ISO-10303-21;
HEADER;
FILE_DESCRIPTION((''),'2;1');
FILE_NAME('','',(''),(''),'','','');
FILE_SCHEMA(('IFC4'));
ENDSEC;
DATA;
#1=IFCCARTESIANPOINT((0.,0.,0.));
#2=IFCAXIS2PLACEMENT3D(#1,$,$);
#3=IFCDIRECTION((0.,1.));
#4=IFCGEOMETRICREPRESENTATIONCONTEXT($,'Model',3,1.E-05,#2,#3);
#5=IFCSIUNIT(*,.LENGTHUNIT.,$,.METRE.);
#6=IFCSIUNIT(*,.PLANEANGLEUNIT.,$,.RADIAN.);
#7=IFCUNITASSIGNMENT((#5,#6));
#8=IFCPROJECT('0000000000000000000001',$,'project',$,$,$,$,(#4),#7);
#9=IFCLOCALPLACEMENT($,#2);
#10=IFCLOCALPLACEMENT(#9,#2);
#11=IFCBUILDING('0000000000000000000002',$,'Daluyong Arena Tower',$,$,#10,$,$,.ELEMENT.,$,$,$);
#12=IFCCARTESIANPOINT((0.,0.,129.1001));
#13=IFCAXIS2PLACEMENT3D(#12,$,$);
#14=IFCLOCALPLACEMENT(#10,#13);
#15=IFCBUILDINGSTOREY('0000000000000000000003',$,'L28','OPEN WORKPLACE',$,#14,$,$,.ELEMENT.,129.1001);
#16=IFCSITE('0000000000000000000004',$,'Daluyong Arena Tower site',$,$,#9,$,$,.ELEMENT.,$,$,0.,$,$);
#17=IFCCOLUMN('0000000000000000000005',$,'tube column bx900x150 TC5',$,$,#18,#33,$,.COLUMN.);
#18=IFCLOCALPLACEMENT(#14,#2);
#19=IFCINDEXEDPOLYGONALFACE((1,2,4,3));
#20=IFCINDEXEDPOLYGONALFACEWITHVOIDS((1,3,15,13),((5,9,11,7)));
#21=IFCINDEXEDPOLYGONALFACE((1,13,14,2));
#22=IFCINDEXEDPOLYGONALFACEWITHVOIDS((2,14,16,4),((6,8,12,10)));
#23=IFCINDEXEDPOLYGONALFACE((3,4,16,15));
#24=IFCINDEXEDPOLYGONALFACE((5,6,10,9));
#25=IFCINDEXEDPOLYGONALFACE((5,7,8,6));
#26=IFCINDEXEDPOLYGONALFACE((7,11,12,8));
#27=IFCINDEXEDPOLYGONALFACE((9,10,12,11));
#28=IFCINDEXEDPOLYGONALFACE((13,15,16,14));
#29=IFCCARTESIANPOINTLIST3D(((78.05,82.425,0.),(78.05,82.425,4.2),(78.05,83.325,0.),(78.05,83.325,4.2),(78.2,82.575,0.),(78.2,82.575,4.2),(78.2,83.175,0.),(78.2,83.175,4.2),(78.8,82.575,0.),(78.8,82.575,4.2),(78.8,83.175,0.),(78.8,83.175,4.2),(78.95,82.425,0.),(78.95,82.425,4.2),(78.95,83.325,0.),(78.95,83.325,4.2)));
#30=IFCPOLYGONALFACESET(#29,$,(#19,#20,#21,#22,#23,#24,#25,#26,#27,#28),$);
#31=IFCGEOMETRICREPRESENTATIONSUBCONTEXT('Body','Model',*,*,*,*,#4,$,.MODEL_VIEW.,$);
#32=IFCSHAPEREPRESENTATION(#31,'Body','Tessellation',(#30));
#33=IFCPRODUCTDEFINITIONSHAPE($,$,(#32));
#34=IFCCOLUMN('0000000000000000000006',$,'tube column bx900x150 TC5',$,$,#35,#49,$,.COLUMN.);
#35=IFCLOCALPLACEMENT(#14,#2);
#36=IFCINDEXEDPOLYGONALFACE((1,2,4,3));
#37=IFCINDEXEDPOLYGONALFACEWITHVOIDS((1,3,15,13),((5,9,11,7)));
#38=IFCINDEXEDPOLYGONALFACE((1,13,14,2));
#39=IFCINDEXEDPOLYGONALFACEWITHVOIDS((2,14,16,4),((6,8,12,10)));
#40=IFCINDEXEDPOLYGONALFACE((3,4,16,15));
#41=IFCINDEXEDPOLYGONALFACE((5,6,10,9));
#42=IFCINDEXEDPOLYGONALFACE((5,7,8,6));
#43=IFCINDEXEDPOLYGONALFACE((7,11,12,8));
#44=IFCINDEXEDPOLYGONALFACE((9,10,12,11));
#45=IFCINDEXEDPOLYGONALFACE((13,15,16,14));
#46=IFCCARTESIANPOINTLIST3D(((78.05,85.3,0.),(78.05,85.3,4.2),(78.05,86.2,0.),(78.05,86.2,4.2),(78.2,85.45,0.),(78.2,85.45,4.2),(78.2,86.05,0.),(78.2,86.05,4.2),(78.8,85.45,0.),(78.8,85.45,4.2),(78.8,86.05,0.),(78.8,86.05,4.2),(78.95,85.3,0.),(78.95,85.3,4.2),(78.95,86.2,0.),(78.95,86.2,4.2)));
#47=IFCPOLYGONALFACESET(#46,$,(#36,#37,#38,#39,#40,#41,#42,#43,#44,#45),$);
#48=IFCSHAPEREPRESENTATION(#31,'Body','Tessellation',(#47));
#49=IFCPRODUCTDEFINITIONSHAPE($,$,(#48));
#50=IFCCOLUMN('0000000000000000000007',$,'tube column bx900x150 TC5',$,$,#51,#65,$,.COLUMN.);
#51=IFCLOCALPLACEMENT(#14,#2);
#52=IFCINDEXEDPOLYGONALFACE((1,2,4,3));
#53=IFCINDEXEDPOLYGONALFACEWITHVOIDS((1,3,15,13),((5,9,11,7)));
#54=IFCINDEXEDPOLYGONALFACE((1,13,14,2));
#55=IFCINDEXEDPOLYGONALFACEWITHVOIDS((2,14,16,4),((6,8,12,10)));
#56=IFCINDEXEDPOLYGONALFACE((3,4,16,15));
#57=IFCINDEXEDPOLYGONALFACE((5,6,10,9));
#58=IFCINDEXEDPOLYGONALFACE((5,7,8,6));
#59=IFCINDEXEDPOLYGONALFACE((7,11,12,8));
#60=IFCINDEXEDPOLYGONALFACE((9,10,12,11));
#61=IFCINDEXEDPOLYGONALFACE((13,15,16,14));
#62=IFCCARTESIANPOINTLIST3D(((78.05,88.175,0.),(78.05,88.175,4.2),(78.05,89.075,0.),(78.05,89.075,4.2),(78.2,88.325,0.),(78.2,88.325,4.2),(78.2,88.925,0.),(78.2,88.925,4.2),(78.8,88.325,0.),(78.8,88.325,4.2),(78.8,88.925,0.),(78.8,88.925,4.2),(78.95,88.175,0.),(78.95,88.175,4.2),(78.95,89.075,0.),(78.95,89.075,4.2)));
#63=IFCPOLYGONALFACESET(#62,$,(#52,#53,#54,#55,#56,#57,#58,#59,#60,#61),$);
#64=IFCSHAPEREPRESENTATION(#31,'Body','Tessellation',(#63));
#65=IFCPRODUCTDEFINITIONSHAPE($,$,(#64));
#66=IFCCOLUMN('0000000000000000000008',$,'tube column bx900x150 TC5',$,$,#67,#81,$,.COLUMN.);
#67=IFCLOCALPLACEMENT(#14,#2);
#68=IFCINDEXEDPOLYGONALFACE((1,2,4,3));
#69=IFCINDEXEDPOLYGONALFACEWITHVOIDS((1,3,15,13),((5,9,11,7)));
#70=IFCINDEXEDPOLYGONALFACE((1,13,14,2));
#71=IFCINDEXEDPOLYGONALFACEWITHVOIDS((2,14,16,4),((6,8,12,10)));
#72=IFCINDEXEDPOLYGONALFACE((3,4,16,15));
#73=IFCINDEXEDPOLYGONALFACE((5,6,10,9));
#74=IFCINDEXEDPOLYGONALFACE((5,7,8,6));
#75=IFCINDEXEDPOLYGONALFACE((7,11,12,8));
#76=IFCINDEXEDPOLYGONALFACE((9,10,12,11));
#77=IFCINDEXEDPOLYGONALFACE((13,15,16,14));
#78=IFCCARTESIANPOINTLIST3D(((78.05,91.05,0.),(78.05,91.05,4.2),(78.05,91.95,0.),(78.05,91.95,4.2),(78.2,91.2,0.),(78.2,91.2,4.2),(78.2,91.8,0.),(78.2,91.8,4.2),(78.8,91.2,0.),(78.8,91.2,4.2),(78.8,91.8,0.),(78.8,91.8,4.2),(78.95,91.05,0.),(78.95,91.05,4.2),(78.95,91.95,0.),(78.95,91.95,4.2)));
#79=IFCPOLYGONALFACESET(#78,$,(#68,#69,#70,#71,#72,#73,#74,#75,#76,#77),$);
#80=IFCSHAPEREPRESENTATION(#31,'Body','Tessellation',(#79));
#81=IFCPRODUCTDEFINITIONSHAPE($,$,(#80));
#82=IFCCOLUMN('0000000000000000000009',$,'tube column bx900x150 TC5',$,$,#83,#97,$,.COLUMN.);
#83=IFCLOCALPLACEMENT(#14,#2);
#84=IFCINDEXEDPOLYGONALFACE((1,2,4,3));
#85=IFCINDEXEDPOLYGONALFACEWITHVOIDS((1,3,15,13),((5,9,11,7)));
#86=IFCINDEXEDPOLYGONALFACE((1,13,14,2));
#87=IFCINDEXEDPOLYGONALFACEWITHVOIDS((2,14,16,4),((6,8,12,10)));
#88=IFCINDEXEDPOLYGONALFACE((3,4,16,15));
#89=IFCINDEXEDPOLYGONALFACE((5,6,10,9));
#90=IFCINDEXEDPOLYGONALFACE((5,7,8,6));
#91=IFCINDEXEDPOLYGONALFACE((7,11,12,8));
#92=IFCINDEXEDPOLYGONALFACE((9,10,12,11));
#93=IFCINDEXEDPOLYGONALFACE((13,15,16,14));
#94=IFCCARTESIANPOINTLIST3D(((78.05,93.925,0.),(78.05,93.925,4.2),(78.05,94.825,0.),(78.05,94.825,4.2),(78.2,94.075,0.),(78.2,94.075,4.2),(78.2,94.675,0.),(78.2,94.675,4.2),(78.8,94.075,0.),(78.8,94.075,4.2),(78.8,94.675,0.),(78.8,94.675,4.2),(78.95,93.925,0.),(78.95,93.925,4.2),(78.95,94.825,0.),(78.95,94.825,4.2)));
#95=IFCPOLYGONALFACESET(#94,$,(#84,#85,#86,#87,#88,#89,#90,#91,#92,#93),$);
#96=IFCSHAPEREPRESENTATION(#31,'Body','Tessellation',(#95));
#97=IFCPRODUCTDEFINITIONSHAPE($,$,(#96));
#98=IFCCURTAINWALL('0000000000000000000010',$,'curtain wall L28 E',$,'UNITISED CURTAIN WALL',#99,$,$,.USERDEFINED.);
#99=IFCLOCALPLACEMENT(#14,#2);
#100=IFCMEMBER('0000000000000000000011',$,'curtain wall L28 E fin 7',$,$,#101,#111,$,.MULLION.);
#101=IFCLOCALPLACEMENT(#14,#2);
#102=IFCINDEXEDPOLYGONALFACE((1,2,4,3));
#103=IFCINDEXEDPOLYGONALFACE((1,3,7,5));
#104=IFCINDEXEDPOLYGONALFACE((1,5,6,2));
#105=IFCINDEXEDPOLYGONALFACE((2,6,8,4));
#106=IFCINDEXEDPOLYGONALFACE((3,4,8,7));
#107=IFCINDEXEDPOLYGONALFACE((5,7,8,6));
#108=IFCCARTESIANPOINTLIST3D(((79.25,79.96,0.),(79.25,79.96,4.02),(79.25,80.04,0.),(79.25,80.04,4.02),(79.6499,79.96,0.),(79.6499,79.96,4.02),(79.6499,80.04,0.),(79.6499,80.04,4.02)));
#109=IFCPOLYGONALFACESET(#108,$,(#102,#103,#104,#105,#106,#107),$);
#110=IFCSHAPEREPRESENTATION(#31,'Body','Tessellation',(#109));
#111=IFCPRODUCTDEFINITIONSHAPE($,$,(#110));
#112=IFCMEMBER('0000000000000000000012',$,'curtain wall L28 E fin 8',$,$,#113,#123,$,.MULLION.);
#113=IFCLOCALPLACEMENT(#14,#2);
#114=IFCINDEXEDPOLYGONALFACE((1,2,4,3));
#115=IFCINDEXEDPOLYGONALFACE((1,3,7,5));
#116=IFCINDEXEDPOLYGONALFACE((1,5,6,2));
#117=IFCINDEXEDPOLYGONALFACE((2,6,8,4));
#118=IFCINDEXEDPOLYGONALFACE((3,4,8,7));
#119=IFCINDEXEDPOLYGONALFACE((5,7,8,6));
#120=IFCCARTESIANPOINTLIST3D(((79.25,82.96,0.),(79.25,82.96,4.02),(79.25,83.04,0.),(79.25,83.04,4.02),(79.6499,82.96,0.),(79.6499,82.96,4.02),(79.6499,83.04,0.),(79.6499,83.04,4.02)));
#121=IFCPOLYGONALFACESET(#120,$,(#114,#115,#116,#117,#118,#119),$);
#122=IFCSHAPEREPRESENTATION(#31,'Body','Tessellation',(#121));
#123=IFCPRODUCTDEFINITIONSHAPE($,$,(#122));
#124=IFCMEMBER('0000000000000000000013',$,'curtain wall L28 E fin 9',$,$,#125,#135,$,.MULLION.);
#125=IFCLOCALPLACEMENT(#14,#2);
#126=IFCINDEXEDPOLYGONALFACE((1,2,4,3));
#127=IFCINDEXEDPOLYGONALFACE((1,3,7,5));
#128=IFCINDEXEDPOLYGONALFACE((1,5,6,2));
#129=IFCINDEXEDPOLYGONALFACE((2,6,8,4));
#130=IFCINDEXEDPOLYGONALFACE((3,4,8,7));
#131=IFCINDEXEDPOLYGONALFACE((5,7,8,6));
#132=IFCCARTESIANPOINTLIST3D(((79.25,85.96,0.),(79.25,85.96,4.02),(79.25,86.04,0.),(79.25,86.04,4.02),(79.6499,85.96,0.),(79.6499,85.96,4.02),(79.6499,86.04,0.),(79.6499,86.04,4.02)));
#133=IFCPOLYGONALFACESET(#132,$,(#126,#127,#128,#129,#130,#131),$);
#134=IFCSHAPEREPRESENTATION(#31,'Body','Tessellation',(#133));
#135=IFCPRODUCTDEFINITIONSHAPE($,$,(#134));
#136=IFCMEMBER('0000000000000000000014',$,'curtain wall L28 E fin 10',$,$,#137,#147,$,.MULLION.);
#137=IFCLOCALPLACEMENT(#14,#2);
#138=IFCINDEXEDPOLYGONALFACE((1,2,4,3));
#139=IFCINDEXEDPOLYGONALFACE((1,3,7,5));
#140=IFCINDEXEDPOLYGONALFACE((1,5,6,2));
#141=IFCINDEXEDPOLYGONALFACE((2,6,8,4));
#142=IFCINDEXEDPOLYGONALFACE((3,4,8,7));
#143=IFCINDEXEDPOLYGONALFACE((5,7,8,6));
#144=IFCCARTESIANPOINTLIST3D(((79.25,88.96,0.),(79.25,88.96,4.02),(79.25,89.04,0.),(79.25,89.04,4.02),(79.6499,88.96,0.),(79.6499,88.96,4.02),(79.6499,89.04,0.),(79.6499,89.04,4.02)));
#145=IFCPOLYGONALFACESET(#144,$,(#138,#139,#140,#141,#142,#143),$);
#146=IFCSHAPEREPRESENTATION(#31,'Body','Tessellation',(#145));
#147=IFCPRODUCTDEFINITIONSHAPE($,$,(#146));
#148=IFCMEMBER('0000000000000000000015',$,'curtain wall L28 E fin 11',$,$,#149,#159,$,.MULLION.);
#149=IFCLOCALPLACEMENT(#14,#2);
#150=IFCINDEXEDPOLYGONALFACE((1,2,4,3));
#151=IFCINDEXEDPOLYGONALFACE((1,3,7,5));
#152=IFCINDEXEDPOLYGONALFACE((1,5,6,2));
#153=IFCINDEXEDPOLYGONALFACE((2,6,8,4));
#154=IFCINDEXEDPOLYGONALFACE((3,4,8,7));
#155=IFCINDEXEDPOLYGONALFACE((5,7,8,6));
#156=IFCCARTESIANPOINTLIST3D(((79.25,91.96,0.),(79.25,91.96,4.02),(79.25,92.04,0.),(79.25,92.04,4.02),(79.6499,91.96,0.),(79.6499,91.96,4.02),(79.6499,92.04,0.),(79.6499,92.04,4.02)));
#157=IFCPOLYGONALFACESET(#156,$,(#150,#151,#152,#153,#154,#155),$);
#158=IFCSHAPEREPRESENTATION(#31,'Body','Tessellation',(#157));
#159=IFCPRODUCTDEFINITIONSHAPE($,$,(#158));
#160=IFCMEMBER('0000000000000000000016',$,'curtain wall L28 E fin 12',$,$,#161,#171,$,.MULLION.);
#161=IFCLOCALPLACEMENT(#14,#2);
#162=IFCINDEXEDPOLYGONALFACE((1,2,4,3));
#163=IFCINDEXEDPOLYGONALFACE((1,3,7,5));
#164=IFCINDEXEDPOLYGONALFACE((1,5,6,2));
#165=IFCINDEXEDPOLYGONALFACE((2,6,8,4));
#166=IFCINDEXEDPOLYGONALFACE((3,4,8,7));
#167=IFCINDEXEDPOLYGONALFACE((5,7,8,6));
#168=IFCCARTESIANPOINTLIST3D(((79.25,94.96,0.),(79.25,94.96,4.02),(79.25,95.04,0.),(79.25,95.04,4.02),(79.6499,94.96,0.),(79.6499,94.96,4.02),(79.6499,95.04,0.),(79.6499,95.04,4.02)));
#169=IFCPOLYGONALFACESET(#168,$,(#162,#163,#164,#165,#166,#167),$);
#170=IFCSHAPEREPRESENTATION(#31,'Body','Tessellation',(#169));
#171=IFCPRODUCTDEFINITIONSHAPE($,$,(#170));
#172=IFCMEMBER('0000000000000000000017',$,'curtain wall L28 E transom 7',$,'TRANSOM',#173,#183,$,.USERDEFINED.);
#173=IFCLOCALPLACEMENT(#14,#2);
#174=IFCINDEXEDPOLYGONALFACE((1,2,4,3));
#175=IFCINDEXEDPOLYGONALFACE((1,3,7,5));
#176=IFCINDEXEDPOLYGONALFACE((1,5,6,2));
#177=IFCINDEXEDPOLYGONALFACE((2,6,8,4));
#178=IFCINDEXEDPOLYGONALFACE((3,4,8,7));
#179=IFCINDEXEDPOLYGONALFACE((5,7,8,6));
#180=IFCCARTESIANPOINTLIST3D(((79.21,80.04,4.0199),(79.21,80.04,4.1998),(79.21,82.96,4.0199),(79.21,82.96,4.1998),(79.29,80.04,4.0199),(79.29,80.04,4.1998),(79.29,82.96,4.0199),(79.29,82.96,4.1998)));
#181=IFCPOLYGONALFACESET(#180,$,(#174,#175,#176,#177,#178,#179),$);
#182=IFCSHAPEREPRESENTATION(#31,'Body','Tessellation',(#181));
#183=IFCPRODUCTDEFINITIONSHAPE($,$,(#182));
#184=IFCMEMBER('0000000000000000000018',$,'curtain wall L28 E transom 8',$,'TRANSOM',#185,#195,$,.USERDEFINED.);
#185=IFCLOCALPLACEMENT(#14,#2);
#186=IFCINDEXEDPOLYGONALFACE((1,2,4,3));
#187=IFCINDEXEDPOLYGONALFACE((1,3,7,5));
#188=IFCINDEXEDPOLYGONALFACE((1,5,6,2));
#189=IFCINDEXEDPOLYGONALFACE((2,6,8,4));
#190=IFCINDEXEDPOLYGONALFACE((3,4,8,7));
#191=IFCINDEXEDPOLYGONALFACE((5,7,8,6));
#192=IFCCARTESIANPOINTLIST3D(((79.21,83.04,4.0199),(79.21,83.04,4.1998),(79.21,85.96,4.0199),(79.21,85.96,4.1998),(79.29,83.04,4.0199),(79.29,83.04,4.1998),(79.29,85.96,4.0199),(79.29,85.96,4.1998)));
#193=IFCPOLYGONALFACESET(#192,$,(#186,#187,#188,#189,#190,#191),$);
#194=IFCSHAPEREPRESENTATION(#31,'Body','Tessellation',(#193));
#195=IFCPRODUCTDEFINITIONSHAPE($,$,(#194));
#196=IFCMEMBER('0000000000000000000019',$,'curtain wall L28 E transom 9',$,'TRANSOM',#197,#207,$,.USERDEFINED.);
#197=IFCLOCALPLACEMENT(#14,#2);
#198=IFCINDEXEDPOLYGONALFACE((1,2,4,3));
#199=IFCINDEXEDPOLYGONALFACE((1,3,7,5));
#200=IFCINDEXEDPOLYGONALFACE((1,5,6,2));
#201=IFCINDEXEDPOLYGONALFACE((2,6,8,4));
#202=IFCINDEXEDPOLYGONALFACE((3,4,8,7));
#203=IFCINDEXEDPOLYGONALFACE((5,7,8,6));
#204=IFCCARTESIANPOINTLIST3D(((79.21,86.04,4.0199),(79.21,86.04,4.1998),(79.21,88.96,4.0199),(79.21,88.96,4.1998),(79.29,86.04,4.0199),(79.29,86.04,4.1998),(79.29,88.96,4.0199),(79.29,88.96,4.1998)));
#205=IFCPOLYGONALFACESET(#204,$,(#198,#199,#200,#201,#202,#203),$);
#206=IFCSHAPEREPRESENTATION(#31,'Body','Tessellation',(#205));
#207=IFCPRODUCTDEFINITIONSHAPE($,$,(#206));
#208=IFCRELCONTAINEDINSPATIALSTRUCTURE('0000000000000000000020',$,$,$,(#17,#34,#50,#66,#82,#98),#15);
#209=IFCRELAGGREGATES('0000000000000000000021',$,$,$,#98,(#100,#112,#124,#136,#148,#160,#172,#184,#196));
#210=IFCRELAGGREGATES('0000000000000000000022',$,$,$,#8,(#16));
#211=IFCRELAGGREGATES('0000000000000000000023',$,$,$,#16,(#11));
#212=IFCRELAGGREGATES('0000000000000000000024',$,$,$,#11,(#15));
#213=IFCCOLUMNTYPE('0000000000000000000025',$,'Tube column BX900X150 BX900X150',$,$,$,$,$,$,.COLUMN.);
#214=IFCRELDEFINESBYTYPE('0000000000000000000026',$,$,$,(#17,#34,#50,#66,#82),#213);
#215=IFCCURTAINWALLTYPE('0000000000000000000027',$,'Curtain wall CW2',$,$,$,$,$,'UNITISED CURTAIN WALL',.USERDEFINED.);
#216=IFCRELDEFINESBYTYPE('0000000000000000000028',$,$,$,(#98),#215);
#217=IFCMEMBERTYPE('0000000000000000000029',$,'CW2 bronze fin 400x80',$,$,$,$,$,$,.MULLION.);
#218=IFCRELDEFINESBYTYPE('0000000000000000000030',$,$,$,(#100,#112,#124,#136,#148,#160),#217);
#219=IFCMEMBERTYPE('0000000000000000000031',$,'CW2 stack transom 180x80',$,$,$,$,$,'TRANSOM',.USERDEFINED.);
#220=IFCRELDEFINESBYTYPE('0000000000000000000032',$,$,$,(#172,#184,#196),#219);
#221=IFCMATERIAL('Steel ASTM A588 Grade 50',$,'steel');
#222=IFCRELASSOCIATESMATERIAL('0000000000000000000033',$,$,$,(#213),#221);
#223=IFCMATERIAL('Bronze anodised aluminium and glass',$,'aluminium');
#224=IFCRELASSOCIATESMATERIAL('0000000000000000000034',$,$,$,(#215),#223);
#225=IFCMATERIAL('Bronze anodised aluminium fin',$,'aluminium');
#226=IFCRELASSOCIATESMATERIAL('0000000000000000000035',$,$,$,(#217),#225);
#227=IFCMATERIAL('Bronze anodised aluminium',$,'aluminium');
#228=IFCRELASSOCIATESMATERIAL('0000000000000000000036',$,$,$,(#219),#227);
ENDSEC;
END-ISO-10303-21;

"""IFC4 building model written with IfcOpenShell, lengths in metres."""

from ifc_helpers import new_model, si_unit, direction, frame, origin, origin_2d, place, context, subcontext, project, spatial, rectangle, hollow_rectangle, extrude, material, material_profile, profile_set, type_object, element, aggregate, save


model = new_model("IFC4")

# Units and contexts
model_context = context("Model", 3, precision=1e-05, world=origin(), true_north=direction((0.0, 1.0)))
body_context = subcontext(model_context, "Body", "Model", "MODEL_VIEW")
ifc_project = project(units=[si_unit("LENGTHUNIT", "METRE"), si_unit("PLANEANGLEUNIT", "RADIAN")], contexts=[model_context])

# Site, building, storey
site_placement = place(None, origin())
site = spatial("IfcSite", under=ifc_project, at=site_placement, Name="Daluyong Arena Tower site", CompositionType="ELEMENT", RefElevation=0.0)
building_placement = place(site_placement, origin())
building = spatial("IfcBuilding", under=site, at=building_placement, Name="Daluyong Arena Tower", CompositionType="ELEMENT")
storey_placement = place(building_placement, frame((0.0, 0.0, 129.1001)))
storey = spatial("IfcBuildingStorey", under=building, at=storey_placement, Name="L28", Description="OPEN WORKPLACE", CompositionType="ELEMENT", Elevation=129.1001)

# Columns
ifc_material_1 = material(Name="Steel ASTM A588 Grade 50", Category="steel")
ifc_material_profile_1 = material_profile(ifc_material_1, hollow_rectangle(XDim=0.8999, YDim=0.8999, WallThickness=0.15, at=origin_2d()))
ifc_profile_set_1 = profile_set([ifc_material_profile_1], Name="Steel ASTM A588 Grade 50")
column_type = type_object("IfcColumnType", Name="Tube column BX900X150 BX900X150", PredefinedType="COLUMN", material=ifc_profile_set_1)
for number, where, z_axis, x_axis, name in (
    (1, (78.5, 82.875, 0.0), (0.0, 0.0, 1.0), (0.0, 1.0, 0.0), "tube column bx900x150 TC5"),
    (2, (78.5, 85.75, 0.0), (0.0, 0.0, 1.0), (0.0, 1.0, 0.0), "tube column bx900x150 TC5"),
    (3, (78.5, 88.625, 0.0), (0.0, 0.0, 1.0), (0.0, 1.0, 0.0), "tube column bx900x150 TC5"),
    (4, (78.5, 91.5, 0.0), (0.0, 0.0, 1.0), (0.0, 1.0, 0.0), "tube column bx900x150 TC5"),
    (5, (78.5, 94.375, 0.0), (0.0, 0.0, 1.0), (0.0, 1.0, 0.0), "tube column bx900x150 TC5"),
):
    element("IfcColumn", number, at=place(storey_placement, frame(where, z_axis=z_axis, x_axis=x_axis)), inside=storey, type_object=column_type, Name=name, PredefinedType="COLUMN", context=body_context, shape_type="SweptSolid", body=[
        extrude(hollow_rectangle(XDim=0.8999, YDim=0.8999, WallThickness=0.15, at=origin_2d()), origin(), (0.0, 0.0, 1.0), 4.2),
    ])

# Curtain wall, members
ifc_material_2 = material(Name="Bronze anodised aluminium and glass", Category="aluminium")
curtain_wall_type = type_object("IfcCurtainWallType", Name="Curtain wall CW2", ElementType="UNITISED CURTAIN WALL", PredefinedType="USERDEFINED", material=ifc_material_2)
curtain_wall_placement = place(storey_placement, origin())
curtain_wall = element("IfcCurtainWall", 6, at=curtain_wall_placement, inside=storey, type_object=curtain_wall_type, Name="curtain wall L28 E", ObjectType="UNITISED CURTAIN WALL", PredefinedType="USERDEFINED")
ifc_material_3 = material(Name="Bronze anodised aluminium fin", Category="aluminium")
ifc_material_profile_2 = material_profile(ifc_material_3, rectangle(XDim=0.3999, YDim=0.0801, at=origin_2d()))
ifc_profile_set_2 = profile_set([ifc_material_profile_2], Name="Bronze anodised aluminium fin")
member_type_1 = type_object("IfcMemberType", Name="CW2 bronze fin 400x80", PredefinedType="MULLION", material=ifc_profile_set_2)
member_1_placement = place(storey_placement, frame((79.45, 80.0, 0.0), z_axis=(0.0, 0.0, 1.0), x_axis=(-1.0, 0.0, 0.0)))
member_1 = element("IfcMember", 7, at=member_1_placement, type_object=member_type_1, Name="curtain wall L28 E fin 7", PredefinedType="MULLION", context=body_context, shape_type="SweptSolid", body=[
    extrude(rectangle(XDim=0.3999, YDim=0.0801, at=origin_2d()), origin(), (0.0, 0.0, 1.0), 4.02),
])
member_2_placement = place(storey_placement, frame((79.45, 83.0, 0.0), z_axis=(0.0, 0.0, 1.0), x_axis=(-1.0, 0.0, 0.0)))
member_2 = element("IfcMember", 8, at=member_2_placement, type_object=member_type_1, Name="curtain wall L28 E fin 8", PredefinedType="MULLION", context=body_context, shape_type="SweptSolid", body=[
    extrude(rectangle(XDim=0.3999, YDim=0.0801, at=origin_2d()), origin(), (0.0, 0.0, 1.0), 4.02),
])
member_3_placement = place(storey_placement, frame((79.45, 86.0, 0.0), z_axis=(0.0, 0.0, 1.0), x_axis=(-1.0, 0.0, 0.0)))
member_3 = element("IfcMember", 9, at=member_3_placement, type_object=member_type_1, Name="curtain wall L28 E fin 9", PredefinedType="MULLION", context=body_context, shape_type="SweptSolid", body=[
    extrude(rectangle(XDim=0.3999, YDim=0.0801, at=origin_2d()), origin(), (0.0, 0.0, 1.0), 4.02),
])
member_4_placement = place(storey_placement, frame((79.45, 89.0, 0.0), z_axis=(0.0, 0.0, 1.0), x_axis=(-1.0, 0.0, 0.0)))
member_4 = element("IfcMember", 10, at=member_4_placement, type_object=member_type_1, Name="curtain wall L28 E fin 10", PredefinedType="MULLION", context=body_context, shape_type="SweptSolid", body=[
    extrude(rectangle(XDim=0.3999, YDim=0.0801, at=origin_2d()), origin(), (0.0, 0.0, 1.0), 4.02),
])
member_5_placement = place(storey_placement, frame((79.45, 92.0, 0.0), z_axis=(0.0, 0.0, 1.0), x_axis=(-1.0, 0.0, 0.0)))
member_5 = element("IfcMember", 11, at=member_5_placement, type_object=member_type_1, Name="curtain wall L28 E fin 11", PredefinedType="MULLION", context=body_context, shape_type="SweptSolid", body=[
    extrude(rectangle(XDim=0.3999, YDim=0.0801, at=origin_2d()), origin(), (0.0, 0.0, 1.0), 4.02),
])
member_6_placement = place(storey_placement, frame((79.45, 95.0, 0.0), z_axis=(0.0, 0.0, 1.0), x_axis=(-1.0, 0.0, 0.0)))
member_6 = element("IfcMember", 12, at=member_6_placement, type_object=member_type_1, Name="curtain wall L28 E fin 12", PredefinedType="MULLION", context=body_context, shape_type="SweptSolid", body=[
    extrude(rectangle(XDim=0.3999, YDim=0.0801, at=origin_2d()), origin(), (0.0, 0.0, 1.0), 4.02),
])
ifc_material_4 = material(Name="Bronze anodised aluminium", Category="aluminium")
ifc_material_profile_3 = material_profile(ifc_material_4, rectangle(XDim=0.0801, YDim=0.1799, at=origin_2d()))
ifc_profile_set_3 = profile_set([ifc_material_profile_3], Name="Bronze anodised aluminium")
member_type_2 = type_object("IfcMemberType", Name="CW2 stack transom 180x80", ElementType="TRANSOM", PredefinedType="USERDEFINED", material=ifc_profile_set_3)
member_7_placement = place(storey_placement, frame((79.25, 80.04, 4.1099), z_axis=(0.0, 1.0, 0.0), x_axis=(-1.0, 0.0, 0.0)))
member_7 = element("IfcMember", 13, at=member_7_placement, type_object=member_type_2, Name="curtain wall L28 E transom 7", ObjectType="TRANSOM", PredefinedType="USERDEFINED", context=body_context, shape_type="SweptSolid", body=[
    extrude(rectangle(XDim=0.0801, YDim=0.1799, at=origin_2d()), origin(), (0.0, 0.0, 1.0), 2.9199),
])
member_8_placement = place(storey_placement, frame((79.25, 83.04, 4.1099), z_axis=(0.0, 1.0, 0.0), x_axis=(-1.0, 0.0, 0.0)))
member_8 = element("IfcMember", 14, at=member_8_placement, type_object=member_type_2, Name="curtain wall L28 E transom 8", ObjectType="TRANSOM", PredefinedType="USERDEFINED", context=body_context, shape_type="SweptSolid", body=[
    extrude(rectangle(XDim=0.0801, YDim=0.1799, at=origin_2d()), origin(), (0.0, 0.0, 1.0), 2.9199),
])
member_9_placement = place(storey_placement, frame((79.25, 86.04, 4.1099), z_axis=(0.0, 1.0, 0.0), x_axis=(-1.0, 0.0, 0.0)))
member_9 = element("IfcMember", 15, at=member_9_placement, type_object=member_type_2, Name="curtain wall L28 E transom 9", ObjectType="TRANSOM", PredefinedType="USERDEFINED", context=body_context, shape_type="SweptSolid", body=[
    extrude(rectangle(XDim=0.0801, YDim=0.1799, at=origin_2d()), origin(), (0.0, 0.0, 1.0), 2.9199),
])

aggregate(curtain_wall, [member_1, member_2, member_3, member_4, member_5, member_6, member_7, member_8, member_9])

save(model, "model.ifc")
